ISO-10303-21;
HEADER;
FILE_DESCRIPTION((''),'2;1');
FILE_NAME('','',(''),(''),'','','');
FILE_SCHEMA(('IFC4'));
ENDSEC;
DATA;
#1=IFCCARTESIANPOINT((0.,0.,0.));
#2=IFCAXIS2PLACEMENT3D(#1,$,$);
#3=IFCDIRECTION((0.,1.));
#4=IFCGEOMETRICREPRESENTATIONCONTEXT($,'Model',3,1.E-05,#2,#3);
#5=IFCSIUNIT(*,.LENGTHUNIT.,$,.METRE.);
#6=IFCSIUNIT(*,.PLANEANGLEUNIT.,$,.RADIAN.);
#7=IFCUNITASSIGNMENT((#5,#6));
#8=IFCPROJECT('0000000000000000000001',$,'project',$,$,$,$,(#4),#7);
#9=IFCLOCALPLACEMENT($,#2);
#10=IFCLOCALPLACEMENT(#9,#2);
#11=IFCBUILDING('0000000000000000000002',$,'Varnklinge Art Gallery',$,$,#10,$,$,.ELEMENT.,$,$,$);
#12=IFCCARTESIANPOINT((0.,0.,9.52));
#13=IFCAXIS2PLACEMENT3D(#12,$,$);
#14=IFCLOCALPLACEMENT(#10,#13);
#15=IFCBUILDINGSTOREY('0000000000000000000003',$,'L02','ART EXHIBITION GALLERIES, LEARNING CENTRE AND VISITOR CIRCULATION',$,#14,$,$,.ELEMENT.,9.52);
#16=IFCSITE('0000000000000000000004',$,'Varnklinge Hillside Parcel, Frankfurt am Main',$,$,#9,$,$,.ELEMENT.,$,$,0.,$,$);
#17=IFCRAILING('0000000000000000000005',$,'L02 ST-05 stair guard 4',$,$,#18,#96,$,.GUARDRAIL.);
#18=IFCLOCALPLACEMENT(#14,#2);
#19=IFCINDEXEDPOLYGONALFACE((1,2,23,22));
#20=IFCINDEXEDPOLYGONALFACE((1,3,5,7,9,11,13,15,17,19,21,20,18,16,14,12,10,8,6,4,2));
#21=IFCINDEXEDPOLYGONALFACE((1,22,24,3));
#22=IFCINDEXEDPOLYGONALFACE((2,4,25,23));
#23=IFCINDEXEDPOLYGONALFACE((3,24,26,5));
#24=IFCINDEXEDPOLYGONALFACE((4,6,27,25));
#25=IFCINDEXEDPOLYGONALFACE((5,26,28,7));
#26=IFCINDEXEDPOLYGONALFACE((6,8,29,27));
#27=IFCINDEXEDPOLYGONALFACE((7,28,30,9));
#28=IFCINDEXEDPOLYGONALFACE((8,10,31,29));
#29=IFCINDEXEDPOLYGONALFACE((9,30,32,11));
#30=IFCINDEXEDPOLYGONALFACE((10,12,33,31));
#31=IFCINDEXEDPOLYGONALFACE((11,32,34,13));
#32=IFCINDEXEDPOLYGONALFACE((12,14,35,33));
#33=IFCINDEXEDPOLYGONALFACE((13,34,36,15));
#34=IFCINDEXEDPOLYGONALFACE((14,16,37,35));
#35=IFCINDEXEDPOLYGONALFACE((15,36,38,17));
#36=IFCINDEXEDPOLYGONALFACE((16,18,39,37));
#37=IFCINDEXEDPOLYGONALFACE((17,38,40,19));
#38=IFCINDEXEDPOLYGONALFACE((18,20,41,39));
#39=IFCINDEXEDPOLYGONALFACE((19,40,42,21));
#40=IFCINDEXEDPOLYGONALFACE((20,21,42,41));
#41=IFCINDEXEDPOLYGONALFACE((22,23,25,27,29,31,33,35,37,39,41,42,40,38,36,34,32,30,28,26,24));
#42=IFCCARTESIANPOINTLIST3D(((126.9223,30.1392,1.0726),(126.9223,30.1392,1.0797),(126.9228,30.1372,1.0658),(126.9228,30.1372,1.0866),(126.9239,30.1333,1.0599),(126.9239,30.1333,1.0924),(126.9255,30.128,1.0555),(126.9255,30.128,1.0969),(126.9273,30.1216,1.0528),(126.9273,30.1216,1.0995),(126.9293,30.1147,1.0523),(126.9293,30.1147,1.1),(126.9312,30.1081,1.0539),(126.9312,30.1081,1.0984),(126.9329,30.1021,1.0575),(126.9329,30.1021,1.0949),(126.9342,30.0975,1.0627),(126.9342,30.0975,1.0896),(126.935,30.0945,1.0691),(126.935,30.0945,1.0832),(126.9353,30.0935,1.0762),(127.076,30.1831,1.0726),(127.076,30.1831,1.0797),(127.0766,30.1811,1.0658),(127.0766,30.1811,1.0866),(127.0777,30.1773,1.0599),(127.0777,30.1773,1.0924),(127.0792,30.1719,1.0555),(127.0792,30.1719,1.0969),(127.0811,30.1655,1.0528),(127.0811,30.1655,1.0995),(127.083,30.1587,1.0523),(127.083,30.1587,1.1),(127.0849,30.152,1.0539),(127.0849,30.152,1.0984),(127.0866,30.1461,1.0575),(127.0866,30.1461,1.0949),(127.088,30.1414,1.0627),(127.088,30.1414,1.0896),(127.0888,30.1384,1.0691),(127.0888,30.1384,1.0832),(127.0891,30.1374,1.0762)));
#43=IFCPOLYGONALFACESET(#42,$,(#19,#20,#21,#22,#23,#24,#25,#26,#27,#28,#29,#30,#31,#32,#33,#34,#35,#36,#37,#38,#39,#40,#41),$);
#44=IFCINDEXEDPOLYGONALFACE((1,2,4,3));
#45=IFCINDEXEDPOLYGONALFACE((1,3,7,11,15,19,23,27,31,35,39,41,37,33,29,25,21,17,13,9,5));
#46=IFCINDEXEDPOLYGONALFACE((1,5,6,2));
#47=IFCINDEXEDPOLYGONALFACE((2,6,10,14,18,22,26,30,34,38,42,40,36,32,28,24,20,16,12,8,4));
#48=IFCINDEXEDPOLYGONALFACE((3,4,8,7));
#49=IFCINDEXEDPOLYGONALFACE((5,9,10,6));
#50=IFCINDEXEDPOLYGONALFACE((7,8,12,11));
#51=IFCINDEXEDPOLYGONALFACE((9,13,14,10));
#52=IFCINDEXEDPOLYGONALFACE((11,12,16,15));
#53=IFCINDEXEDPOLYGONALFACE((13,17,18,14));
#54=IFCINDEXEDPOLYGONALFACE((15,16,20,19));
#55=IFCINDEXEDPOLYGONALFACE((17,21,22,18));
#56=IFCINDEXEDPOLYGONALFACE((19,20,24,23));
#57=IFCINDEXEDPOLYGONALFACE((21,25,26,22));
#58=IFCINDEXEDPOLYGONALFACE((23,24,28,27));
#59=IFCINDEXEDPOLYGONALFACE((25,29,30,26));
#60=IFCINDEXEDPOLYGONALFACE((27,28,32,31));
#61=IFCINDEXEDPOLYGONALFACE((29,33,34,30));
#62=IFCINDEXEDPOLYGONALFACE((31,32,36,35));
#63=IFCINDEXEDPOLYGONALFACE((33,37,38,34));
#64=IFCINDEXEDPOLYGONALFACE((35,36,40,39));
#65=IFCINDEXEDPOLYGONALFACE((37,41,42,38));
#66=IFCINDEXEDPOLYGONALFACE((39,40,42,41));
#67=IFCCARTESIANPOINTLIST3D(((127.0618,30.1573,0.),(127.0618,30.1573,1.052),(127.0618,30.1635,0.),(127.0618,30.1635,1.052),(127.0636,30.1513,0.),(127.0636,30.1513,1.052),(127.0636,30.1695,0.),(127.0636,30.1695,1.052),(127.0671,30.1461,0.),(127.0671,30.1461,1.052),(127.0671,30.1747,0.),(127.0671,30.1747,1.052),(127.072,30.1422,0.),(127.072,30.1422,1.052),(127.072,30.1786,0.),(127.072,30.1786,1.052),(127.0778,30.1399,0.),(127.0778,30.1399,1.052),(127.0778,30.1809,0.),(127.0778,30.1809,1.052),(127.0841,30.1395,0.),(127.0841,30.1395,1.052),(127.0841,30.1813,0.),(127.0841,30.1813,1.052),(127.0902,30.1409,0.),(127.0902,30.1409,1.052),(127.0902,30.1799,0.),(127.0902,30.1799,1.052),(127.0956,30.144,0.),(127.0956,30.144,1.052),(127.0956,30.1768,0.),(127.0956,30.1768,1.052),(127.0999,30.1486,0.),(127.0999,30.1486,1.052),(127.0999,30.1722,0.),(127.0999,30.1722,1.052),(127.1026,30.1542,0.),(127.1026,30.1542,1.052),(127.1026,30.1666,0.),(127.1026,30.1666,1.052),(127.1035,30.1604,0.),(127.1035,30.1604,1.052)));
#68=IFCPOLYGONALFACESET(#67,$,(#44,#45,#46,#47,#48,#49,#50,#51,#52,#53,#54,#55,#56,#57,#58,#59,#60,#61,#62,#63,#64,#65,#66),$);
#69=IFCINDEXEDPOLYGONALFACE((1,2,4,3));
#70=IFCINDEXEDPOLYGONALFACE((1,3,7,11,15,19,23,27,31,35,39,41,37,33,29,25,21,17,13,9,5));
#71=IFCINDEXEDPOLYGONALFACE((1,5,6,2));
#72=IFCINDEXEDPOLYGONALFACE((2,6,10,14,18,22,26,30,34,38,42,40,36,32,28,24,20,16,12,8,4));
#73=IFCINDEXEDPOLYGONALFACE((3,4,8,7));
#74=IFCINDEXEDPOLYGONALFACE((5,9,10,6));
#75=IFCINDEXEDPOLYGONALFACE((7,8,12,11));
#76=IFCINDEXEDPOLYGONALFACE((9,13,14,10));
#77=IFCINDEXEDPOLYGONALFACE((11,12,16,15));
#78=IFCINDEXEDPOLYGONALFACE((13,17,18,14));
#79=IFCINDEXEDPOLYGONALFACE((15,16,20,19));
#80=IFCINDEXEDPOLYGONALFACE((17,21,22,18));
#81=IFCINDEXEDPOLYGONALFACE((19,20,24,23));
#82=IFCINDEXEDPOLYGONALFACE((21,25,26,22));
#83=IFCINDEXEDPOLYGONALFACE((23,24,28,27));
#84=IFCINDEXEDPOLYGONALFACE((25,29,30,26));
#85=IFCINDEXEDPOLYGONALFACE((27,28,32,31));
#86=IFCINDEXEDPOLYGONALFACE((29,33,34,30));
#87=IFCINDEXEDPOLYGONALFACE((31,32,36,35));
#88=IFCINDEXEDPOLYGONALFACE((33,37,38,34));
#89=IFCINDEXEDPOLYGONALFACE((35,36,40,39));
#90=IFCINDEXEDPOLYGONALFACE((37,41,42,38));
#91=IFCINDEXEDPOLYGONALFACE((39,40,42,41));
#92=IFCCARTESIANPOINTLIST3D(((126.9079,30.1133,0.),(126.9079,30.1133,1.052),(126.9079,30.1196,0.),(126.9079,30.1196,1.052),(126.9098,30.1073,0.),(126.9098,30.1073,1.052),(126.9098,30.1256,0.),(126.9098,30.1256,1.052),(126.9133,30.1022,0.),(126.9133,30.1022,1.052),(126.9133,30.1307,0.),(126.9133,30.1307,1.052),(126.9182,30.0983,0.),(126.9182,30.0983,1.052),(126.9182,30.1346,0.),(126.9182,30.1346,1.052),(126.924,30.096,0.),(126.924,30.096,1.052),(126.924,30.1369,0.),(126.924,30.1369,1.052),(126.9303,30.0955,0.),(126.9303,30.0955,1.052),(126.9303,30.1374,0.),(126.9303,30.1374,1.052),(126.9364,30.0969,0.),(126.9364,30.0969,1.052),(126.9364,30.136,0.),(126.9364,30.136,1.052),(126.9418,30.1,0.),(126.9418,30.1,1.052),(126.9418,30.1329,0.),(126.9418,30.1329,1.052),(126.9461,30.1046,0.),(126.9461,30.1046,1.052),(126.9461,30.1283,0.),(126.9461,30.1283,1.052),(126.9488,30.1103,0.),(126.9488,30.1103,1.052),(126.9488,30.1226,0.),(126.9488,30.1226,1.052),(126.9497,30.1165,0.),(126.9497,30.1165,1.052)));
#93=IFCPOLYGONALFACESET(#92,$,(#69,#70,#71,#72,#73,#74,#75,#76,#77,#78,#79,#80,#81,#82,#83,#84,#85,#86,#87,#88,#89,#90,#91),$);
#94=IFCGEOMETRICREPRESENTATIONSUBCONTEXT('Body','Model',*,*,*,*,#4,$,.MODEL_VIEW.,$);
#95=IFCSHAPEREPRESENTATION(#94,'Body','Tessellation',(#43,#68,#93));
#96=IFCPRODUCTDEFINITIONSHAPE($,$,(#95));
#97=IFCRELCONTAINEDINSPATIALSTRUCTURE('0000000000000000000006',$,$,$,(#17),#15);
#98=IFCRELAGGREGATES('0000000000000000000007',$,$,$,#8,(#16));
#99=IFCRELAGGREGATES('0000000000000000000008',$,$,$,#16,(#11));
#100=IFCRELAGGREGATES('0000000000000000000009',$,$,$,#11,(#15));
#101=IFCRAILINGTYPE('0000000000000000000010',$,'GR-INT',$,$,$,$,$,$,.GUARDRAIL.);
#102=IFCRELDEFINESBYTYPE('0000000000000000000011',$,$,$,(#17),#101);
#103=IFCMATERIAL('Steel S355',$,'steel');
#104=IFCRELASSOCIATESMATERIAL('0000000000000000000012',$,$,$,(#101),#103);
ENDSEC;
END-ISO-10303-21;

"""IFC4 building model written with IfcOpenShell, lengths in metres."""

from ifc_helpers import new_model, si_unit, direction, frame, origin, origin_2d, place, context, subcontext, project, spatial, circle, extrude, material, type_object, element, save


model = new_model("IFC4")

# Units and contexts
model_context = context("Model", 3, precision=1e-05, world=origin(), true_north=direction((0.0, 1.0)))
body_context = subcontext(model_context, "Body", "Model", "MODEL_VIEW")
ifc_project = project(units=[si_unit("LENGTHUNIT", "METRE"), si_unit("PLANEANGLEUNIT", "RADIAN")], contexts=[model_context])

# Site, building, storey
site_placement = place(None, origin())
site = spatial("IfcSite", under=ifc_project, at=site_placement, Name="Varnklinge Hillside Parcel, Frankfurt am Main", CompositionType="ELEMENT", RefElevation=0.0)
building_placement = place(site_placement, origin())
building = spatial("IfcBuilding", under=site, at=building_placement, Name="Varnklinge Art Gallery", CompositionType="ELEMENT")
storey_placement = place(building_placement, frame((0.0, 0.0, 9.52)))
storey = spatial("IfcBuildingStorey", under=building, at=storey_placement, Name="L02", Description="ART EXHIBITION GALLERIES, LEARNING CENTRE AND VISITOR CIRCULATION", CompositionType="ELEMENT", Elevation=9.52)

# Railing
ifc_material_1 = material(Name="Steel S355", Category="steel")
railing_type_1 = type_object("IfcRailingType", Name="GR-INT", PredefinedType="GUARDRAIL", material=ifc_material_1)
railing_1_placement = place(storey_placement, frame((127.0825, 30.1604, 0.0)))
element("IfcRailing", 1, at=railing_1_placement, inside=storey, type_object=railing_type_1, Name="L02 ST-05 stair guard 4", PredefinedType="GUARDRAIL", context=body_context, shape_type="SweptSolid", body=[
    extrude(circle(Radius=0.0239, at=origin_2d()), frame((0.0, 0.0, 1.0762), z_axis=(-0.961524, -0.274721, 0.0), x_axis=(0.274721, -0.961524, 0.0)), (0.0, 0.0, 1.0), 0.1599),
    extrude(circle(Radius=0.021, at=origin_2d()), origin(), (0.0, 0.0, 1.0), 1.052),
    extrude(circle(Radius=0.021, at=origin_2d()), frame((-0.1538, -0.0439, 0.0)), (0.0, 0.0, 1.0), 1.052),
])

save(model, "model.ifc")
